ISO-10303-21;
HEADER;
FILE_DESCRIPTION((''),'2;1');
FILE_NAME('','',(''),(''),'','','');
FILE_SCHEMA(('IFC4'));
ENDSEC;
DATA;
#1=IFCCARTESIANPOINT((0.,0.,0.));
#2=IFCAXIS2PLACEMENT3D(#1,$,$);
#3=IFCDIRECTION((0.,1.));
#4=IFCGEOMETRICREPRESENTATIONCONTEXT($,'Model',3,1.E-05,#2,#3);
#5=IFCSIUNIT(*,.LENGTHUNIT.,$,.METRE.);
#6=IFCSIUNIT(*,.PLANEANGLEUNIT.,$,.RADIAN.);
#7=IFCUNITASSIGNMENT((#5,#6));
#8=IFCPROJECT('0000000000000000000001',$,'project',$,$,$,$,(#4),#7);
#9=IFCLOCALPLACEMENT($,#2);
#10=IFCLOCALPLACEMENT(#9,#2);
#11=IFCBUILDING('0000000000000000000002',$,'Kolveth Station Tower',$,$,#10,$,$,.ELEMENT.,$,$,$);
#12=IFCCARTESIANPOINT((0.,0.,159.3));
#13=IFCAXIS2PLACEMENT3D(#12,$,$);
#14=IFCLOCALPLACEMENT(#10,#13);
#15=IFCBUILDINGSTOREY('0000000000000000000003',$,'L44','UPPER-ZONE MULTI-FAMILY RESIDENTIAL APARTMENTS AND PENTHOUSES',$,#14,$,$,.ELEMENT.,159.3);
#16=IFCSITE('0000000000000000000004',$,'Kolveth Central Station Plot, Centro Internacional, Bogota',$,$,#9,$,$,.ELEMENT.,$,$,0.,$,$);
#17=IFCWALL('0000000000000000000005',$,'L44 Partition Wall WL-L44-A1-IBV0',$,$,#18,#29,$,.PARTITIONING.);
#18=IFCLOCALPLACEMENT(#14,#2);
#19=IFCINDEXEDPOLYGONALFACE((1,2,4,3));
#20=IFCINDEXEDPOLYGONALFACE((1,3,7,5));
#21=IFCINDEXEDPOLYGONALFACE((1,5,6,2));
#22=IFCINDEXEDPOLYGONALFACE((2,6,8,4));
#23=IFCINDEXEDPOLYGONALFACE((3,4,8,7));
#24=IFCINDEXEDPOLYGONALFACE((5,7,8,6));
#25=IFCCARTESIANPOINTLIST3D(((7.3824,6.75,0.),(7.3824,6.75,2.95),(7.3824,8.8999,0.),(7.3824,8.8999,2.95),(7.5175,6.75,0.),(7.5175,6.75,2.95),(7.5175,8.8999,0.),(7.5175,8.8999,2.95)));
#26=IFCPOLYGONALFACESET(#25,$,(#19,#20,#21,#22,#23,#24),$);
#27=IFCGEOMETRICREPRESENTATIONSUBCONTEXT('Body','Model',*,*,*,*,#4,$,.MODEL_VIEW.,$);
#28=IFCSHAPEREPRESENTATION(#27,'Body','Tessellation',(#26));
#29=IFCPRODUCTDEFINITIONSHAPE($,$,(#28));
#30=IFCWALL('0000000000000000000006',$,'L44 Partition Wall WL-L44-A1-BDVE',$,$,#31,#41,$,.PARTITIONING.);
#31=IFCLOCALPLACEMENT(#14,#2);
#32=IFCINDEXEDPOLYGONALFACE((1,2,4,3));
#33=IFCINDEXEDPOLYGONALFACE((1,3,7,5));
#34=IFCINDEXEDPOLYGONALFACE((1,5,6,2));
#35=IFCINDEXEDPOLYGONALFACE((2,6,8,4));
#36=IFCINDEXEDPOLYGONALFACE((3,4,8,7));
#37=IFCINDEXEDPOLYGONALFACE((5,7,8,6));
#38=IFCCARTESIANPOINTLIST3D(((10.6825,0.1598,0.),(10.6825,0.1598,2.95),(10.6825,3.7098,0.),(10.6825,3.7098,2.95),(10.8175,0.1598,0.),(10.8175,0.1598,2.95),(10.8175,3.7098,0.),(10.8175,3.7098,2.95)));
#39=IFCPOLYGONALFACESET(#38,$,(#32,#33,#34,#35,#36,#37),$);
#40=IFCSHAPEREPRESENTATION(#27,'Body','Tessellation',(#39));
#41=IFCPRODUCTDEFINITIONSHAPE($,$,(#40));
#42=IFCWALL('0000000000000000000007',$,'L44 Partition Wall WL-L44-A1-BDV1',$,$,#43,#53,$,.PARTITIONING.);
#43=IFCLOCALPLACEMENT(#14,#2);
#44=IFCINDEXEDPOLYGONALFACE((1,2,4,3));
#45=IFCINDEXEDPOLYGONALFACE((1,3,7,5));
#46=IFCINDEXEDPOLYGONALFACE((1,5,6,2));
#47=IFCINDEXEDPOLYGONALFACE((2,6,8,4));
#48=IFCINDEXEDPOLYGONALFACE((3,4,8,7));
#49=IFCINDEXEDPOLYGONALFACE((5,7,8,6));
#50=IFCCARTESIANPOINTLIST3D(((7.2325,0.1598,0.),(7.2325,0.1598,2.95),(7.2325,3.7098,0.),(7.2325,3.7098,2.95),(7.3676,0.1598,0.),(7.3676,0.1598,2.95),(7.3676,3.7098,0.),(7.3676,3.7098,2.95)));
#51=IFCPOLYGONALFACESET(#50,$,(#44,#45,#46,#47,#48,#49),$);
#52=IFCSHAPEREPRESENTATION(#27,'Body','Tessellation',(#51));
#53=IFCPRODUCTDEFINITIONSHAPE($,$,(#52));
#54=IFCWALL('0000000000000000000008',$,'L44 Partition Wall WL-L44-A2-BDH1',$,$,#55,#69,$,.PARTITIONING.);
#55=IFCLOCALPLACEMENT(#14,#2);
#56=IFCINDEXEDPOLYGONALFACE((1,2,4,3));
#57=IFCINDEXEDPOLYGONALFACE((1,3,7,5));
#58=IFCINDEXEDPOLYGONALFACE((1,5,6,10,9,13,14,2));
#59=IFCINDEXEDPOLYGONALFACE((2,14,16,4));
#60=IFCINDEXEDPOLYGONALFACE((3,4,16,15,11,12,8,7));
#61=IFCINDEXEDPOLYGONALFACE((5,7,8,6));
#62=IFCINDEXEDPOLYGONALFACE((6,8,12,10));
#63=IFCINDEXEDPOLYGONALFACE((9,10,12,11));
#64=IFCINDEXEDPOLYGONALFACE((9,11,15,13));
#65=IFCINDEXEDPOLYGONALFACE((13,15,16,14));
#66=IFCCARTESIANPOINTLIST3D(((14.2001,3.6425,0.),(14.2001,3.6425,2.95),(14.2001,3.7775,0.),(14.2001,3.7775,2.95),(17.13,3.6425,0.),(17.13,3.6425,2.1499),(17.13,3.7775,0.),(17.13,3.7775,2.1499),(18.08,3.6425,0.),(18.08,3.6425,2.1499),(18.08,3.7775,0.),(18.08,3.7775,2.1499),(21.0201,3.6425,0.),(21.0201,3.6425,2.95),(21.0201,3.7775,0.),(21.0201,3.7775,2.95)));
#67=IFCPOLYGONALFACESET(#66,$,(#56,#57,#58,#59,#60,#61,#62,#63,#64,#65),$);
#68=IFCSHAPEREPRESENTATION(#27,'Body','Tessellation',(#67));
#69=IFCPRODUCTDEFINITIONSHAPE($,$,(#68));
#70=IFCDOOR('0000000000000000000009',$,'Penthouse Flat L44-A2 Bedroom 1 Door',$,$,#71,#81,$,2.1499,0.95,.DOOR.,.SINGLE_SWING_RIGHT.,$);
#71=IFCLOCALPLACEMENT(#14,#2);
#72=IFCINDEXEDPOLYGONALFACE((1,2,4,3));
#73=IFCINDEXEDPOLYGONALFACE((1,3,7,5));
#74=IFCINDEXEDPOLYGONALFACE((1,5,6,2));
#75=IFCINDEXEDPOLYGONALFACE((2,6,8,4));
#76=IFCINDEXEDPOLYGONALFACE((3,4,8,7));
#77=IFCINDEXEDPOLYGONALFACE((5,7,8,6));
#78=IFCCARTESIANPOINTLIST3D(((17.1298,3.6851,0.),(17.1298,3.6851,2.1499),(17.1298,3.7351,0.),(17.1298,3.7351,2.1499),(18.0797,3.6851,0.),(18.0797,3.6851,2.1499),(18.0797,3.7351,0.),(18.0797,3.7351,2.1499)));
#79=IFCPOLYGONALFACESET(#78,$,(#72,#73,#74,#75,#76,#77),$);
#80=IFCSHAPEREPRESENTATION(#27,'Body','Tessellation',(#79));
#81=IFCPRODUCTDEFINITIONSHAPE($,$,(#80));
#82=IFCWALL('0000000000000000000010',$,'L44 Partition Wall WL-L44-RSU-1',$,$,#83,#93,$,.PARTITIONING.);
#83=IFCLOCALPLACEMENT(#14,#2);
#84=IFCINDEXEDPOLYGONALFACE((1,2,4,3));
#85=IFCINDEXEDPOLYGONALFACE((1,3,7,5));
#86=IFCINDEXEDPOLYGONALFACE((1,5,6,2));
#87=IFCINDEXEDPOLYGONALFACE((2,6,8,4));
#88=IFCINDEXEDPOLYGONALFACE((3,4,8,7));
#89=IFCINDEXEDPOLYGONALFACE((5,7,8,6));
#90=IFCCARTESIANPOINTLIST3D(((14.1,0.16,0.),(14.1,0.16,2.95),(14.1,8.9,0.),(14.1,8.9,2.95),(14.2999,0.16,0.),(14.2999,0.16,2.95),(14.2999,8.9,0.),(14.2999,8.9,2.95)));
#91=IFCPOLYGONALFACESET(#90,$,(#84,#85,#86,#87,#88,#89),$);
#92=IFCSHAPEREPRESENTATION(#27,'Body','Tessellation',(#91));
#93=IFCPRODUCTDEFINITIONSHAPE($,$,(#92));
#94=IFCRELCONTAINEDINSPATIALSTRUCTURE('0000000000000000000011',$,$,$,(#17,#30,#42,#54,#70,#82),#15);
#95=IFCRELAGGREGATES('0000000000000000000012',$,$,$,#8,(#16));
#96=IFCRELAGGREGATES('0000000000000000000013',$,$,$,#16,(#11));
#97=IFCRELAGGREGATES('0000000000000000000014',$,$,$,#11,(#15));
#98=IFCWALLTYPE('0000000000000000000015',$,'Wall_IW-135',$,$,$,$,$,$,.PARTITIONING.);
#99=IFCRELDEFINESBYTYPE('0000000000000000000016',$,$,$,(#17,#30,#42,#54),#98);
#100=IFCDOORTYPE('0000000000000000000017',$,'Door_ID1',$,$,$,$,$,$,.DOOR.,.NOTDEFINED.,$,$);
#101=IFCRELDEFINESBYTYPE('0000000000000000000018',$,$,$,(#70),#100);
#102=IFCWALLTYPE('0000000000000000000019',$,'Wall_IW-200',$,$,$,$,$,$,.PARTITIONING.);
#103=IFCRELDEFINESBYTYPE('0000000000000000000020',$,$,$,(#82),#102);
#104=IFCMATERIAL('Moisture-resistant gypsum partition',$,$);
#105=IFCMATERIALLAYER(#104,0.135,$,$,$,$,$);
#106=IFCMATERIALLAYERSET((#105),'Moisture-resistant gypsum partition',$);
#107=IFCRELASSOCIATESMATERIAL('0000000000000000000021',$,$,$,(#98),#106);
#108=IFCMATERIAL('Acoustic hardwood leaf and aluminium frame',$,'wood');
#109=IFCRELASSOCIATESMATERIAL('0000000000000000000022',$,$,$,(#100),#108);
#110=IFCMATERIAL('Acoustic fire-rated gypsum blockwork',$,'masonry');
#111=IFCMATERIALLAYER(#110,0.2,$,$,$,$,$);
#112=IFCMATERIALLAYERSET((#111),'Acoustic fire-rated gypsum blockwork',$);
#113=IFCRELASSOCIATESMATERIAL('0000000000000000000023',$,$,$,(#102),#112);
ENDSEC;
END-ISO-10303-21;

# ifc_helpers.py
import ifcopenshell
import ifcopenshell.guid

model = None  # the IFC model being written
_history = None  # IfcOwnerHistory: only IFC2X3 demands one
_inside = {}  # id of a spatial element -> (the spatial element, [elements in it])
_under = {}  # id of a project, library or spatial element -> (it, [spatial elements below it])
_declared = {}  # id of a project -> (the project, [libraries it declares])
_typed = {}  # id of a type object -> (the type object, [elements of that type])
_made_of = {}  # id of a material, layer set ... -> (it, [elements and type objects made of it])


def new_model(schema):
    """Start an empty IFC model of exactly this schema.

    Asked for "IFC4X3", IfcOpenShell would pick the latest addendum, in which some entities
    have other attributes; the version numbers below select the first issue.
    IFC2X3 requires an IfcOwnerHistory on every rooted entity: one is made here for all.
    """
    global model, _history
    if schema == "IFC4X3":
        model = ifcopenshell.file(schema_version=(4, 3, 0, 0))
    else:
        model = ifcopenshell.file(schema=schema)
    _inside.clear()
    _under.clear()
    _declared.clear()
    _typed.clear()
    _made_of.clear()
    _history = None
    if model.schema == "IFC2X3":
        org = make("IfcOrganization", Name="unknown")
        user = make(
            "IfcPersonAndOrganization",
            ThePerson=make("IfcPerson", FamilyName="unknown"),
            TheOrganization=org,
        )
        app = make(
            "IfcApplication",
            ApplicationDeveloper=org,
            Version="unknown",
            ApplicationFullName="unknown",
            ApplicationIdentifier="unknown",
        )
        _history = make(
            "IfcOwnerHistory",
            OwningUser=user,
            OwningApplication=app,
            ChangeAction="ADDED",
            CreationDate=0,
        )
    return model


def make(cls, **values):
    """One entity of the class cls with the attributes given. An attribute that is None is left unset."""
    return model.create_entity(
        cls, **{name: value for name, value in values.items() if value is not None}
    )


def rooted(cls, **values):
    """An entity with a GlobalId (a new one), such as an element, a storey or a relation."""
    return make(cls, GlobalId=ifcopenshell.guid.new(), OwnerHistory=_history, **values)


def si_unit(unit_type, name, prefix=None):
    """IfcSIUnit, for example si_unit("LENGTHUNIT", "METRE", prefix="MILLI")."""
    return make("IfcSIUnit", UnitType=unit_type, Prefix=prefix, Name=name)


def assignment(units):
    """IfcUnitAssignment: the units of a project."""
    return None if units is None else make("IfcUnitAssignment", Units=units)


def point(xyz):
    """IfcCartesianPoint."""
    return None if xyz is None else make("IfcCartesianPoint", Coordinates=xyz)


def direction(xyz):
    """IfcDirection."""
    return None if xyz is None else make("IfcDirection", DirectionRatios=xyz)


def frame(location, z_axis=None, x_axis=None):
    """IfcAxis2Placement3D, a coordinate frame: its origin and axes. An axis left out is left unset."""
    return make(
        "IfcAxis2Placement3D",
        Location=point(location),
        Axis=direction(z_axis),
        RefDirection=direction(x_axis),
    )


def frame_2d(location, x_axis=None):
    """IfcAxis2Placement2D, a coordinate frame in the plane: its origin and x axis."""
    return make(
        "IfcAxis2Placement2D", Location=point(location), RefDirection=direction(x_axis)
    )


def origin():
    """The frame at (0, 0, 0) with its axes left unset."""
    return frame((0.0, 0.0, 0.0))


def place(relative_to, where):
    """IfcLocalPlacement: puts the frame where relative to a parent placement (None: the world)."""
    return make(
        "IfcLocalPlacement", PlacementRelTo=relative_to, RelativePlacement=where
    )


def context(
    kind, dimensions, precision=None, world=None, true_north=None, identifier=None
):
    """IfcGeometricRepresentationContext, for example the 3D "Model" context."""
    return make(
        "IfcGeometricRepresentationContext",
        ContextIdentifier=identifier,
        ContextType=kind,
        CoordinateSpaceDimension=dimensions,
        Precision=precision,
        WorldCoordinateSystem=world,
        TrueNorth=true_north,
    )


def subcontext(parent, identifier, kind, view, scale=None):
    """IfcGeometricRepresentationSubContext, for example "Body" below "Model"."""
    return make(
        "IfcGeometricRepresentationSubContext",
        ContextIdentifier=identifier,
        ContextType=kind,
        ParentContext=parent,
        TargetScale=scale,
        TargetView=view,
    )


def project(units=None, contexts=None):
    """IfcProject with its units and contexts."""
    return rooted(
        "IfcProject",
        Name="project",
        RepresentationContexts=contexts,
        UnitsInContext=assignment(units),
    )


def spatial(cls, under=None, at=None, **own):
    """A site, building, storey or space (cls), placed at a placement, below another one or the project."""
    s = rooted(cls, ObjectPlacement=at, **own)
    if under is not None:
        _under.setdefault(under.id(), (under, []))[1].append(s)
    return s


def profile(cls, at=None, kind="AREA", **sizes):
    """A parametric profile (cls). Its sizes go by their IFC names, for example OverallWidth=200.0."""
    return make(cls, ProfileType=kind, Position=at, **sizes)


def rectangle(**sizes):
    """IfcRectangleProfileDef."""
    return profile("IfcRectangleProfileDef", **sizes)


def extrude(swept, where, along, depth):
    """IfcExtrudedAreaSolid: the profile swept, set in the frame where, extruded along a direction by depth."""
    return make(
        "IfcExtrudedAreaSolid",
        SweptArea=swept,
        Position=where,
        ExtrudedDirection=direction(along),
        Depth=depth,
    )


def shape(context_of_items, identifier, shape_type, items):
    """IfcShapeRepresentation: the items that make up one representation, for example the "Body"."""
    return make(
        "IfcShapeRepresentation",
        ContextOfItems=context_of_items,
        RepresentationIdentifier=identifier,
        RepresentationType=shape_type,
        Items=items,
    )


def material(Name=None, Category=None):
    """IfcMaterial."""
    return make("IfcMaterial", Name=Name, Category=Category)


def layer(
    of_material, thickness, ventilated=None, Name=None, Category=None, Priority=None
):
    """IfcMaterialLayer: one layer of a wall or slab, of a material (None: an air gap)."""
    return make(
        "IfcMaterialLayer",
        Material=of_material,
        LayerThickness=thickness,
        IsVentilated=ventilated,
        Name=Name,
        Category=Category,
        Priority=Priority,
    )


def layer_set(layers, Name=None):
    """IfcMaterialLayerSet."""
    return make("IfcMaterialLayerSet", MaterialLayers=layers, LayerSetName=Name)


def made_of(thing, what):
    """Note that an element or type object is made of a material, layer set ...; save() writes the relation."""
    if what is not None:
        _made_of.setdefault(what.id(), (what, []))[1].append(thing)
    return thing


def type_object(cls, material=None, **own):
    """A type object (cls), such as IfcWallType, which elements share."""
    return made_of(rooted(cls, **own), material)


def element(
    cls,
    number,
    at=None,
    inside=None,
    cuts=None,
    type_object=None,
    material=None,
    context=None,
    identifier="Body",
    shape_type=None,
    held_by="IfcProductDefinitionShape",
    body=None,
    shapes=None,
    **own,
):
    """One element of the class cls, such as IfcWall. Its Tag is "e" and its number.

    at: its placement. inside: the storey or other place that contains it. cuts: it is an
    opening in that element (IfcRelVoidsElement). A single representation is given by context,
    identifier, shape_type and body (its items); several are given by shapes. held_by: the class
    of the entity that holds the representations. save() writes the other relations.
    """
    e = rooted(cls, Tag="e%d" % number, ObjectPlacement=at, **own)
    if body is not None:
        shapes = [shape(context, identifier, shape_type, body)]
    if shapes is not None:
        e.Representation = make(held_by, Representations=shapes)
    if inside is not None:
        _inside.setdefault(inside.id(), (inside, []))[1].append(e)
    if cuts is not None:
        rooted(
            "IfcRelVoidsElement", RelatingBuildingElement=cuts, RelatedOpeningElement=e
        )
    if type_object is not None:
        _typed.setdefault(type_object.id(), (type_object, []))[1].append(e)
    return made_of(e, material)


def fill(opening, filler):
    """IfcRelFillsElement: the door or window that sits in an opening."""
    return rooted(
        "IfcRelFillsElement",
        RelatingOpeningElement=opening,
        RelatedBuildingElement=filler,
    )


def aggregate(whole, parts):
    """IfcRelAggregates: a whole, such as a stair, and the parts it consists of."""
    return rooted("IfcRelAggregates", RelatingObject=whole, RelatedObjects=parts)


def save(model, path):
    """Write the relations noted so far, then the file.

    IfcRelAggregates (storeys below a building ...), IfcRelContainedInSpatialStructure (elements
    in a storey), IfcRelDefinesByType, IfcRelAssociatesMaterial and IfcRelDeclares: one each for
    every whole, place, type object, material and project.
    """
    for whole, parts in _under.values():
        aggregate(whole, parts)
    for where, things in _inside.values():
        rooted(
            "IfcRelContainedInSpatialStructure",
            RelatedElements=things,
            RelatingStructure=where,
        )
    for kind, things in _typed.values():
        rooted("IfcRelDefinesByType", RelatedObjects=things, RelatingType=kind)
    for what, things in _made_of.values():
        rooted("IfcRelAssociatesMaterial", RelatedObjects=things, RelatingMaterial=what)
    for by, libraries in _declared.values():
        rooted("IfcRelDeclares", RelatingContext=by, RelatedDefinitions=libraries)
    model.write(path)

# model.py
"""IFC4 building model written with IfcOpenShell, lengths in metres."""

from ifc_helpers import new_model, si_unit, direction, frame, frame_2d, origin, place, context, subcontext, project, spatial, rectangle, extrude, material, layer, layer_set, type_object, element, fill, save


model = new_model("IFC4")

# Units and contexts
model_context = context("Model", 3, precision=1e-05, world=origin(), true_north=direction((0.0, 1.0)))
body_context = subcontext(model_context, "Body", "Model", "MODEL_VIEW")
ifc_project = project(units=[si_unit("LENGTHUNIT", "METRE"), si_unit("PLANEANGLEUNIT", "RADIAN")], contexts=[model_context])

# Site, building, storey
site_placement = place(None, origin())
site = spatial("IfcSite", under=ifc_project, at=site_placement, Name="Kolveth Central Station Plot, Centro Internacional, Bogota", CompositionType="ELEMENT", RefElevation=0.0)
building_placement = place(site_placement, origin())
building = spatial("IfcBuilding", under=site, at=building_placement, Name="Kolveth Station Tower", CompositionType="ELEMENT")
storey_placement = place(building_placement, frame((0.0, 0.0, 159.3)))
storey = spatial("IfcBuildingStorey", under=building, at=storey_placement, Name="L44", Description="UPPER-ZONE MULTI-FAMILY RESIDENTIAL APARTMENTS AND PENTHOUSES", CompositionType="ELEMENT", Elevation=159.3)

# Shared definitions
ifc_material_1 = material(Name="Moisture-resistant gypsum partition")
ifc_layer_1 = layer(ifc_material_1, 0.135)
ifc_layer_set_1 = layer_set([ifc_layer_1], Name="Moisture-resistant gypsum partition")
wall_type_1 = type_object("IfcWallType", Name="Wall_IW-135", PredefinedType="PARTITIONING", material=ifc_layer_set_1)
ifc_material_2 = material(Name="Acoustic hardwood leaf and aluminium frame", Category="wood")
door_type = type_object("IfcDoorType", Name="Door_ID1", OperationType="NOTDEFINED", PredefinedType="DOOR", material=ifc_material_2)

# Walls
wall_1_placement = place(storey_placement, frame((7.45, 6.75, 0.0), z_axis=(0.0, 0.0, 1.0), x_axis=(0.0, 1.0, 0.0)))
element("IfcWall", 1, at=wall_1_placement, inside=storey, type_object=wall_type_1, Name="L44 Partition Wall WL-L44-A1-IBV0", PredefinedType="PARTITIONING", context=body_context, shape_type="SweptSolid", body=[
    extrude(rectangle(XDim=2.1499, YDim=0.135, at=frame_2d((1.075, 0.0))), origin(), (0.0, 0.0, 1.0), 2.95),
])
wall_2_placement = place(storey_placement, frame((10.75, 0.1599, 0.0), z_axis=(0.0, 0.0, 1.0), x_axis=(0.0, 1.0, 0.0)))
element("IfcWall", 2, at=wall_2_placement, inside=storey, type_object=wall_type_1, Name="L44 Partition Wall WL-L44-A1-BDVE", PredefinedType="PARTITIONING", context=body_context, shape_type="SweptSolid", body=[
    extrude(rectangle(XDim=3.55, YDim=0.135, at=frame_2d((1.7749, 0.0))), origin(), (0.0, 0.0, 1.0), 2.95),
])

# Wall
wall_3_placement = place(storey_placement, frame((7.3, 0.1599, 0.0), z_axis=(0.0, 0.0, 1.0), x_axis=(0.0, 1.0, 0.0)))
element("IfcWall", 3, at=wall_3_placement, inside=storey, type_object=wall_type_1, Name="L44 Partition Wall WL-L44-A1-BDV1", PredefinedType="PARTITIONING", context=body_context, shape_type="SweptSolid", body=[
    extrude(rectangle(XDim=3.55, YDim=0.135, at=frame_2d((1.7749, 0.0))), origin(), (0.0, 0.0, 1.0), 2.95),
])

# Wall, opening, door
wall_4_placement = place(storey_placement, frame((14.2, 3.71, 0.0), z_axis=(0.0, 0.0, 1.0), x_axis=(1.0, 0.0, 0.0)))
wall_4 = element("IfcWall", 4, at=wall_4_placement, inside=storey, type_object=wall_type_1, Name="L44 Partition Wall WL-L44-A2-BDH1", PredefinedType="PARTITIONING", context=body_context, shape_type="SweptSolid", body=[
    extrude(rectangle(XDim=6.8201, YDim=0.135, at=frame_2d((3.4102, 0.0))), origin(), (0.0, 0.0, 1.0), 2.95),
])
opening_1_placement = place(wall_4_placement, frame((2.9299, 0.0, 0.0)))
opening_1 = element("IfcOpeningElement", 5, at=opening_1_placement, cuts=wall_4, PredefinedType="OPENING", context=body_context, shape_type="SweptSolid", body=[
    extrude(rectangle(XDim=0.95, YDim=2.1499, at=frame_2d((0.4751, 1.075))), frame((0.0, 0.0774, 0.0), z_axis=(0.0, -1.0, 0.0), x_axis=(1.0, 0.0, 0.0)), (0.0, 0.0, 1.0), 0.155),
])
door_1_placement = place(opening_1_placement, frame((0.95, 0.0, 0.0), z_axis=(0.0, 0.0, 1.0), x_axis=(-1.0, 0.0, 0.0)))
door_1 = element("IfcDoor", 6, at=door_1_placement, inside=storey, type_object=door_type, Name="Penthouse Flat L44-A2 Bedroom 1 Door", OperationType="SINGLE_SWING_RIGHT", OverallHeight=2.1499, OverallWidth=0.95, PredefinedType="DOOR", context=body_context, shape_type="SweptSolid", body=[
    extrude(rectangle(XDim=0.95, YDim=2.1499, at=frame_2d((0.4751, 1.075))), frame((0.0, 0.0249, 0.0), z_axis=(0.0, -1.0, 0.0), x_axis=(1.0, 0.0, 0.0)), (0.0, 0.0, 1.0), 0.05),
])
fill(opening_1, door_1)

# Wall
ifc_material_3 = material(Name="Acoustic fire-rated gypsum blockwork", Category="masonry")
ifc_layer_2 = layer(ifc_material_3, 0.2)
ifc_layer_set_2 = layer_set([ifc_layer_2], Name="Acoustic fire-rated gypsum blockwork")
wall_type_2 = type_object("IfcWallType", Name="Wall_IW-200", PredefinedType="PARTITIONING", material=ifc_layer_set_2)
wall_5_placement = place(storey_placement, frame((14.2, 0.1599, 0.0), z_axis=(0.0, 0.0, 1.0), x_axis=(0.0, 1.0, 0.0)))
element("IfcWall", 7, at=wall_5_placement, inside=storey, type_object=wall_type_2, Name="L44 Partition Wall WL-L44-RSU-1", PredefinedType="PARTITIONING", context=body_context, shape_type="SweptSolid", body=[
    extrude(rectangle(XDim=8.74, YDim=0.2, at=frame_2d((4.3701, 0.0))), origin(), (0.0, 0.0, 1.0), 2.95),
])

save(model, "model.ifc")
